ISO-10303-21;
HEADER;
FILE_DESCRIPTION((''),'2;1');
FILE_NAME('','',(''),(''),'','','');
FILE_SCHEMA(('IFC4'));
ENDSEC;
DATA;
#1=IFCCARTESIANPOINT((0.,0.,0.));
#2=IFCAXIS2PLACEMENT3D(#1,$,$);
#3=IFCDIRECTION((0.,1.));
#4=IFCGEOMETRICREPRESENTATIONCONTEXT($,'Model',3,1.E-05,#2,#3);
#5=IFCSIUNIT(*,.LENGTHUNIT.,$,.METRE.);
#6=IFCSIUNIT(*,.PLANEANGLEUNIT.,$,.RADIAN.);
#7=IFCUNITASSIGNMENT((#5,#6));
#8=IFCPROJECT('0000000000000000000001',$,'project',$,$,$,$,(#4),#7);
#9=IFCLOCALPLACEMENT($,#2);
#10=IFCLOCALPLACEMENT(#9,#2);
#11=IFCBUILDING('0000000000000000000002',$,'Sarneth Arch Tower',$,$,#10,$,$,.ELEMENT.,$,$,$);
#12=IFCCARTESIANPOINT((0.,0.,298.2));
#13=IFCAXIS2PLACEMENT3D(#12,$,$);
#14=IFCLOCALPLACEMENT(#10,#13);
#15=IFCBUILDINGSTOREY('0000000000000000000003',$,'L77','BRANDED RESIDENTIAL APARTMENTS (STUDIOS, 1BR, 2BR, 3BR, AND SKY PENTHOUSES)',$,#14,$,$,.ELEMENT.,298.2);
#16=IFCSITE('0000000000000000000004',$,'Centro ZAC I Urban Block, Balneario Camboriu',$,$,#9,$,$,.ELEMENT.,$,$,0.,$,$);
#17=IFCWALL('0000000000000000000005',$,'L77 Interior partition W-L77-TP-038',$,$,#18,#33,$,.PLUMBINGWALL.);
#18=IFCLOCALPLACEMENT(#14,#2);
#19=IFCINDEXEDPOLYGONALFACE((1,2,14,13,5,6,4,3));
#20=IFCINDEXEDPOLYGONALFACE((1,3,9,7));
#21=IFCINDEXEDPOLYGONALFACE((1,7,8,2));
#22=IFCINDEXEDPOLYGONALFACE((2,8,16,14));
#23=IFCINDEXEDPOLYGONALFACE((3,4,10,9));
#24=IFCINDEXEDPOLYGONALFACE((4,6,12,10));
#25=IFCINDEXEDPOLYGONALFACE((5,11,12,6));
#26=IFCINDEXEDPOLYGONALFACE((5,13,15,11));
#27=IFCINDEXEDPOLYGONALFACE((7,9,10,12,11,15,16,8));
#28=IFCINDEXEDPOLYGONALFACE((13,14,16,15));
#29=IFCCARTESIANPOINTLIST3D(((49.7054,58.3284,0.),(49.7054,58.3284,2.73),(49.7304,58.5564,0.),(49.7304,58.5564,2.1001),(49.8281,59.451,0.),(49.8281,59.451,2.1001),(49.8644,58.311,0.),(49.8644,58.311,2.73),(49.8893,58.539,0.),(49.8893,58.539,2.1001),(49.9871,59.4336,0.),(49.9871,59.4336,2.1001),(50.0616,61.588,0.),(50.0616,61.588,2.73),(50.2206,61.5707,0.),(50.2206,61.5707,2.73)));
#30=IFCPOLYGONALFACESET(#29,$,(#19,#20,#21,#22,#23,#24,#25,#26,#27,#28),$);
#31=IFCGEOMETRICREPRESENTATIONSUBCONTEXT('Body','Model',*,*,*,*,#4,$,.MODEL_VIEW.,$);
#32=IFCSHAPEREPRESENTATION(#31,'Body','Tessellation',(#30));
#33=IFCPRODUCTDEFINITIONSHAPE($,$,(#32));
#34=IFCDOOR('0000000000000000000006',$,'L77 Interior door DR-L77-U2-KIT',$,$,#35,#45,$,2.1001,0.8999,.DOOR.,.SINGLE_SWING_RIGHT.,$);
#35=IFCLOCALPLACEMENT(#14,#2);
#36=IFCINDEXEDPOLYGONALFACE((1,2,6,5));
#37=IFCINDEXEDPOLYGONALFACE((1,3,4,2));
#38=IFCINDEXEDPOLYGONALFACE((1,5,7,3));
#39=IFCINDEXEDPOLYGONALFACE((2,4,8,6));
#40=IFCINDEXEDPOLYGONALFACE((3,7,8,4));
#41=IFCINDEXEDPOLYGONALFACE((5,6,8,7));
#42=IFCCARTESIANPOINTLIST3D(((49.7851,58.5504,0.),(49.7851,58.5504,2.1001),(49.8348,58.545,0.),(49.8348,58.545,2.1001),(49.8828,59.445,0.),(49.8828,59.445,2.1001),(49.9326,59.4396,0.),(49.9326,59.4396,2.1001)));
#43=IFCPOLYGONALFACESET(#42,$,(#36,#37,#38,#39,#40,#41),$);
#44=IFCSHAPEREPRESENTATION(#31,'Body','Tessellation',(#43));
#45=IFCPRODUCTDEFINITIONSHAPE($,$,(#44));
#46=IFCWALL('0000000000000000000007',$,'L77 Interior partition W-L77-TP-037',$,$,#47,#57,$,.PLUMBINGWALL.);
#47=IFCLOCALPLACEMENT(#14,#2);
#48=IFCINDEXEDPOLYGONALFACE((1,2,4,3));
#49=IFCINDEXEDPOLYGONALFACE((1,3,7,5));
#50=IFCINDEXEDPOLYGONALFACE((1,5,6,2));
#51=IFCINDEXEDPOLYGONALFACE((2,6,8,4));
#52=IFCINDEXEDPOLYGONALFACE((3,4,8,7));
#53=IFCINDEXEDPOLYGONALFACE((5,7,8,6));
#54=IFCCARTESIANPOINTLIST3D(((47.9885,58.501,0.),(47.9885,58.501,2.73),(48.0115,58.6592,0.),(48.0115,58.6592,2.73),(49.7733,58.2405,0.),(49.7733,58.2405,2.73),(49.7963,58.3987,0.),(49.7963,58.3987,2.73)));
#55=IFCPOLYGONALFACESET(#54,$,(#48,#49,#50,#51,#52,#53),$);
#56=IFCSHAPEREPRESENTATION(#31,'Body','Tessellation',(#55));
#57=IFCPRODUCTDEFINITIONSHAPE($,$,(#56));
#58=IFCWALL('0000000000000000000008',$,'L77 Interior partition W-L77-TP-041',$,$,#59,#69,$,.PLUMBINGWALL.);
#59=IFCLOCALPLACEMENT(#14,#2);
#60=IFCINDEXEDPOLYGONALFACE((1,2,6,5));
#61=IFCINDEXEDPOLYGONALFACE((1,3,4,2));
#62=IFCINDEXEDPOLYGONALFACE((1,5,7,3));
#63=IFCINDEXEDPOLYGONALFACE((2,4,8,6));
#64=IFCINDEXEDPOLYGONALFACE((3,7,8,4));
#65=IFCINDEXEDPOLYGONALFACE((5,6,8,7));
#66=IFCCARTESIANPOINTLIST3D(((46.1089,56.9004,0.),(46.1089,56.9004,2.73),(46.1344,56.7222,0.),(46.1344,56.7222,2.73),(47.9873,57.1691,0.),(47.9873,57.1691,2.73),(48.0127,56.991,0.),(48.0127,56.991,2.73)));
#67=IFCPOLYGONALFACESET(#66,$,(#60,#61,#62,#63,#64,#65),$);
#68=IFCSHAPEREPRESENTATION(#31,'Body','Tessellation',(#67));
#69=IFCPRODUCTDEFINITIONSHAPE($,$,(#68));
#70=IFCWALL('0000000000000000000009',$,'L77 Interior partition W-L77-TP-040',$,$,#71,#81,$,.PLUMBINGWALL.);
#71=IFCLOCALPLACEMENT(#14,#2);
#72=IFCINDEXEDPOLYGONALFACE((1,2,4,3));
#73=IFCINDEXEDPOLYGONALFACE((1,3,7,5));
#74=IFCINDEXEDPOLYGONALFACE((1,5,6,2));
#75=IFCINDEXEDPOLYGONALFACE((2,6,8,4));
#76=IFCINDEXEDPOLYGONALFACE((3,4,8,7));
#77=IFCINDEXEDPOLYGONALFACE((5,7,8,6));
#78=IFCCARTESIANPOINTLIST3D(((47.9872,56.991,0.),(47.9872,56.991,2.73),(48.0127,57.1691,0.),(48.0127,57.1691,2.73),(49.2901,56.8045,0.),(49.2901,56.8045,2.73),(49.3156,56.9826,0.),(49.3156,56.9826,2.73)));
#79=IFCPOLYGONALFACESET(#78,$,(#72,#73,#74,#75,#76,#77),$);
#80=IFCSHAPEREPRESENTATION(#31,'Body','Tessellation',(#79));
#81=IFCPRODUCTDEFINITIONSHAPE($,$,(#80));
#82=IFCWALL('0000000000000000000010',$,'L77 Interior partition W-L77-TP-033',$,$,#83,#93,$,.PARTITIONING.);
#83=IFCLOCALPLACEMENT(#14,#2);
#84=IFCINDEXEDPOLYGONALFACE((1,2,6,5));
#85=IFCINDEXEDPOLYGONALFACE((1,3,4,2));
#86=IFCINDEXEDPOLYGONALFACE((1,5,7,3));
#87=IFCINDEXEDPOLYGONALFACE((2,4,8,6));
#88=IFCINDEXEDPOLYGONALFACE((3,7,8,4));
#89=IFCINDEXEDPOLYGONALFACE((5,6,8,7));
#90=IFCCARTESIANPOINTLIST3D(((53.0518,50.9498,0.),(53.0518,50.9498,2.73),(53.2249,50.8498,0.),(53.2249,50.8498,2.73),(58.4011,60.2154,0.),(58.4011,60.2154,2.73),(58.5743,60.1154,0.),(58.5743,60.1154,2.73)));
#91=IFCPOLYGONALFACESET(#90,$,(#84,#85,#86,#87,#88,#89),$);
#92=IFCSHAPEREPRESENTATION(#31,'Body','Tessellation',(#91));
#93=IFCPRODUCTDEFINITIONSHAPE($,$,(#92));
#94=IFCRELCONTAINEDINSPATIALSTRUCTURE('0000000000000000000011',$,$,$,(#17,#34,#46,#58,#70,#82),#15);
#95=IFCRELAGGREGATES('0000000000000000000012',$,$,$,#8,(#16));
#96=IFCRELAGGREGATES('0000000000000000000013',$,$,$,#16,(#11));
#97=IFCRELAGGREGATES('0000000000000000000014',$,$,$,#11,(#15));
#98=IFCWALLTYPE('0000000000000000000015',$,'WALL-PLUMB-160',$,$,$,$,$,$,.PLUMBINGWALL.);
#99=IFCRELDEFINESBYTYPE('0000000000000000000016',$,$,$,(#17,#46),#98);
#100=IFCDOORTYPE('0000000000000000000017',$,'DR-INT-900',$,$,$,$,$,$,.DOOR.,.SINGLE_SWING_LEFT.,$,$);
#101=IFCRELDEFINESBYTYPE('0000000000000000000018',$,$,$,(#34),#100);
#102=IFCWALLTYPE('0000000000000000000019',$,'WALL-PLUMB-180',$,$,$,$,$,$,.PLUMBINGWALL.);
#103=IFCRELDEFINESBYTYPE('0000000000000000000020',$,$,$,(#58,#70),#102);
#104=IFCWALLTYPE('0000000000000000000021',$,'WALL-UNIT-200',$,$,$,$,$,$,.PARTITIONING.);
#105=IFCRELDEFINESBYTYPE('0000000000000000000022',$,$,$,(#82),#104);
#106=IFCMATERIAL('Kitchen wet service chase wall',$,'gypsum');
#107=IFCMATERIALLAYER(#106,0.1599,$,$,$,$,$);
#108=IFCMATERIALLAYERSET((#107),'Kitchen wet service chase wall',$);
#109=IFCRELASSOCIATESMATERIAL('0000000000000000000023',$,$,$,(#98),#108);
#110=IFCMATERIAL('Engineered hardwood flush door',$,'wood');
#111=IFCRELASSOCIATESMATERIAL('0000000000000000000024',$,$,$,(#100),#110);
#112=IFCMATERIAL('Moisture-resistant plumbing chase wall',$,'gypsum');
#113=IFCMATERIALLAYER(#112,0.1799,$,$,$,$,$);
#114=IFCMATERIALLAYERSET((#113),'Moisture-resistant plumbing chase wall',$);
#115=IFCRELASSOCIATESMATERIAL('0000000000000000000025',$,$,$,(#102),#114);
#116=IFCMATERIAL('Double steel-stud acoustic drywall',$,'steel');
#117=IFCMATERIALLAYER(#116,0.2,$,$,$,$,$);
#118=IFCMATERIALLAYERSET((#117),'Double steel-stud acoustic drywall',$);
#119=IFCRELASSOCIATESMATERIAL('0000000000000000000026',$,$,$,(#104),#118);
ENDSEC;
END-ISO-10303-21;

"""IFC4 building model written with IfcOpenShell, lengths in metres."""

from ifc_helpers import new_model, si_unit, direction, frame, frame_2d, origin, place, context, subcontext, project, spatial, rectangle, extrude, material, layer, layer_set, type_object, element, fill, save


model = new_model("IFC4")

# Units and contexts
model_context = context("Model", 3, precision=1e-05, world=origin(), true_north=direction((0.0, 1.0)))
body_context = subcontext(model_context, "Body", "Model", "MODEL_VIEW")
ifc_project = project(units=[si_unit("LENGTHUNIT", "METRE"), si_unit("PLANEANGLEUNIT", "RADIAN")], contexts=[model_context])

# Site, building, storey
site_placement = place(None, origin())
site = spatial("IfcSite", under=ifc_project, at=site_placement, Name="Centro ZAC I Urban Block, Balneario Camboriu", CompositionType="ELEMENT", RefElevation=0.0)
building_placement = place(site_placement, origin())
building = spatial("IfcBuilding", under=site, at=building_placement, Name="Sarneth Arch Tower", CompositionType="ELEMENT")
storey_placement = place(building_placement, frame((0.0, 0.0, 298.2)))
storey = spatial("IfcBuildingStorey", under=building, at=storey_placement, Name="L77", Description="BRANDED RESIDENTIAL APARTMENTS (STUDIOS, 1BR, 2BR, 3BR, AND SKY PENTHOUSES)", CompositionType="ELEMENT", Elevation=298.2)

# Wall, opening, door
ifc_material_1 = material(Name="Kitchen wet service chase wall", Category="gypsum")
ifc_layer_1 = layer(ifc_material_1, 0.1599)
ifc_layer_set_1 = layer_set([ifc_layer_1], Name="Kitchen wet service chase wall")
wall_type_1 = type_object("IfcWallType", Name="WALL-PLUMB-160", PredefinedType="PLUMBINGWALL", material=ifc_layer_set_1)
wall_1_placement = place(storey_placement, frame((49.7849, 58.3196, 0.0), z_axis=(0.0, 0.0, 1.0), x_axis=(0.108625, 0.994083, 0.0)))
wall_1 = element("IfcWall", 1, at=wall_1_placement, inside=storey, type_object=wall_type_1, Name="L77 Interior partition W-L77-TP-038", PredefinedType="PLUMBINGWALL", context=body_context, shape_type="SweptSolid", body=[
    extrude(rectangle(XDim=3.2791, YDim=0.1599, at=frame_2d((1.6396, 0.0))), origin(), (0.0, 0.0, 1.0), 2.73),
])
opening_1_placement = place(wall_1_placement, frame((0.2295, 0.0, 0.0)))
opening_1 = element("IfcOpeningElement", 2, at=opening_1_placement, cuts=wall_1, PredefinedType="OPENING", context=body_context, shape_type="SweptSolid", body=[
    extrude(rectangle(XDim=0.8999, YDim=2.1001, at=frame_2d((0.45, 1.05))), frame((0.0, 0.0898, 0.0), z_axis=(0.0, -1.0, 0.0), x_axis=(1.0, 0.0, 0.0)), (0.0, 0.0, 1.0), 0.1799),
])
ifc_material_2 = material(Name="Engineered hardwood flush door", Category="wood")
door_type_1 = type_object("IfcDoorType", Name="DR-INT-900", OperationType="SINGLE_SWING_LEFT", PredefinedType="DOOR", material=ifc_material_2)
door_1_placement = place(opening_1_placement, origin())
door_1 = element("IfcDoor", 3, at=door_1_placement, inside=storey, type_object=door_type_1, Name="L77 Interior door DR-L77-U2-KIT", OperationType="SINGLE_SWING_RIGHT", OverallHeight=2.1001, OverallWidth=0.8999, PredefinedType="DOOR", context=body_context, shape_type="SweptSolid", body=[
    extrude(rectangle(XDim=0.8999, YDim=2.1001, at=frame_2d((0.45, 1.05))), frame((0.0, 0.0249, 0.0), z_axis=(0.0, -1.0, 0.0), x_axis=(1.0, 0.0, 0.0)), (0.0, 0.0, 1.0), 0.05),
])
fill(opening_1, door_1)

# Walls
wall_2_placement = place(storey_placement, frame((48.0, 58.5801, 0.0), z_axis=(0.0, 0.0, 1.0), x_axis=(0.989517, -0.144415, 0.0)))
element("IfcWall", 4, at=wall_2_placement, inside=storey, type_object=wall_type_1, Name="L77 Interior partition W-L77-TP-037", PredefinedType="PLUMBINGWALL", context=body_context, shape_type="SweptSolid", body=[
    extrude(rectangle(XDim=1.8037, YDim=0.1599, at=frame_2d((0.9019, 0.0))), origin(), (0.0, 0.0, 1.0), 2.73),
])
ifc_material_3 = material(Name="Moisture-resistant plumbing chase wall", Category="gypsum")
ifc_layer_2 = layer(ifc_material_3, 0.1799)
ifc_layer_set_2 = layer_set([ifc_layer_2], Name="Moisture-resistant plumbing chase wall")
wall_type_2 = type_object("IfcWallType", Name="WALL-PLUMB-180", PredefinedType="PLUMBINGWALL", material=ifc_layer_set_2)
wall_3_placement = place(storey_placement, frame((48.0, 57.0801, 0.0), z_axis=(0.0, 0.0, 1.0), x_axis=(-0.989916, -0.141656, 0.0)))
element("IfcWall", 5, at=wall_3_placement, inside=storey, type_object=wall_type_2, Name="L77 Interior partition W-L77-TP-041", PredefinedType="PLUMBINGWALL", context=body_context, shape_type="SweptSolid", body=[
    extrude(rectangle(XDim=1.8975, YDim=0.1799, at=frame_2d((0.9487, 0.0))), origin(), (0.0, 0.0, 1.0), 2.73),
])
wall_4_placement = place(storey_placement, frame((49.303, 56.8936, 0.0), z_axis=(0.0, 0.0, 1.0), x_axis=(-0.989909, 0.141707, 0.0)))
element("IfcWall", 6, at=wall_4_placement, inside=storey, type_object=wall_type_2, Name="L77 Interior partition W-L77-TP-040", PredefinedType="PLUMBINGWALL", context=body_context, shape_type="SweptSolid", body=[
    extrude(rectangle(XDim=1.3162, YDim=0.1799, at=frame_2d((0.6582, 0.0))), origin(), (0.0, 0.0, 1.0), 2.73),
])
ifc_material_4 = material(Name="Double steel-stud acoustic drywall", Category="steel")
ifc_layer_3 = layer(ifc_material_4, 0.2)
ifc_layer_set_3 = layer_set([ifc_layer_3], Name="Double steel-stud acoustic drywall")
wall_type_3 = type_object("IfcWallType", Name="WALL-UNIT-200", PredefinedType="PARTITIONING", material=ifc_layer_set_3)
wall_5_placement = place(storey_placement, frame((58.4878, 60.1655, 0.0), z_axis=(0.0, 0.0, 1.0), x_axis=(-0.49999, -0.866031, 0.0)))
element("IfcWall", 7, at=wall_5_placement, inside=storey, type_object=wall_type_3, Name="L77 Interior partition W-L77-TP-033", PredefinedType="PARTITIONING", context=body_context, shape_type="SweptSolid", body=[
    extrude(rectangle(XDim=10.699, YDim=0.2, at=frame_2d((5.3496, 0.0))), origin(), (0.0, 0.0, 1.0), 2.73),
])

save(model, "model.ifc")
